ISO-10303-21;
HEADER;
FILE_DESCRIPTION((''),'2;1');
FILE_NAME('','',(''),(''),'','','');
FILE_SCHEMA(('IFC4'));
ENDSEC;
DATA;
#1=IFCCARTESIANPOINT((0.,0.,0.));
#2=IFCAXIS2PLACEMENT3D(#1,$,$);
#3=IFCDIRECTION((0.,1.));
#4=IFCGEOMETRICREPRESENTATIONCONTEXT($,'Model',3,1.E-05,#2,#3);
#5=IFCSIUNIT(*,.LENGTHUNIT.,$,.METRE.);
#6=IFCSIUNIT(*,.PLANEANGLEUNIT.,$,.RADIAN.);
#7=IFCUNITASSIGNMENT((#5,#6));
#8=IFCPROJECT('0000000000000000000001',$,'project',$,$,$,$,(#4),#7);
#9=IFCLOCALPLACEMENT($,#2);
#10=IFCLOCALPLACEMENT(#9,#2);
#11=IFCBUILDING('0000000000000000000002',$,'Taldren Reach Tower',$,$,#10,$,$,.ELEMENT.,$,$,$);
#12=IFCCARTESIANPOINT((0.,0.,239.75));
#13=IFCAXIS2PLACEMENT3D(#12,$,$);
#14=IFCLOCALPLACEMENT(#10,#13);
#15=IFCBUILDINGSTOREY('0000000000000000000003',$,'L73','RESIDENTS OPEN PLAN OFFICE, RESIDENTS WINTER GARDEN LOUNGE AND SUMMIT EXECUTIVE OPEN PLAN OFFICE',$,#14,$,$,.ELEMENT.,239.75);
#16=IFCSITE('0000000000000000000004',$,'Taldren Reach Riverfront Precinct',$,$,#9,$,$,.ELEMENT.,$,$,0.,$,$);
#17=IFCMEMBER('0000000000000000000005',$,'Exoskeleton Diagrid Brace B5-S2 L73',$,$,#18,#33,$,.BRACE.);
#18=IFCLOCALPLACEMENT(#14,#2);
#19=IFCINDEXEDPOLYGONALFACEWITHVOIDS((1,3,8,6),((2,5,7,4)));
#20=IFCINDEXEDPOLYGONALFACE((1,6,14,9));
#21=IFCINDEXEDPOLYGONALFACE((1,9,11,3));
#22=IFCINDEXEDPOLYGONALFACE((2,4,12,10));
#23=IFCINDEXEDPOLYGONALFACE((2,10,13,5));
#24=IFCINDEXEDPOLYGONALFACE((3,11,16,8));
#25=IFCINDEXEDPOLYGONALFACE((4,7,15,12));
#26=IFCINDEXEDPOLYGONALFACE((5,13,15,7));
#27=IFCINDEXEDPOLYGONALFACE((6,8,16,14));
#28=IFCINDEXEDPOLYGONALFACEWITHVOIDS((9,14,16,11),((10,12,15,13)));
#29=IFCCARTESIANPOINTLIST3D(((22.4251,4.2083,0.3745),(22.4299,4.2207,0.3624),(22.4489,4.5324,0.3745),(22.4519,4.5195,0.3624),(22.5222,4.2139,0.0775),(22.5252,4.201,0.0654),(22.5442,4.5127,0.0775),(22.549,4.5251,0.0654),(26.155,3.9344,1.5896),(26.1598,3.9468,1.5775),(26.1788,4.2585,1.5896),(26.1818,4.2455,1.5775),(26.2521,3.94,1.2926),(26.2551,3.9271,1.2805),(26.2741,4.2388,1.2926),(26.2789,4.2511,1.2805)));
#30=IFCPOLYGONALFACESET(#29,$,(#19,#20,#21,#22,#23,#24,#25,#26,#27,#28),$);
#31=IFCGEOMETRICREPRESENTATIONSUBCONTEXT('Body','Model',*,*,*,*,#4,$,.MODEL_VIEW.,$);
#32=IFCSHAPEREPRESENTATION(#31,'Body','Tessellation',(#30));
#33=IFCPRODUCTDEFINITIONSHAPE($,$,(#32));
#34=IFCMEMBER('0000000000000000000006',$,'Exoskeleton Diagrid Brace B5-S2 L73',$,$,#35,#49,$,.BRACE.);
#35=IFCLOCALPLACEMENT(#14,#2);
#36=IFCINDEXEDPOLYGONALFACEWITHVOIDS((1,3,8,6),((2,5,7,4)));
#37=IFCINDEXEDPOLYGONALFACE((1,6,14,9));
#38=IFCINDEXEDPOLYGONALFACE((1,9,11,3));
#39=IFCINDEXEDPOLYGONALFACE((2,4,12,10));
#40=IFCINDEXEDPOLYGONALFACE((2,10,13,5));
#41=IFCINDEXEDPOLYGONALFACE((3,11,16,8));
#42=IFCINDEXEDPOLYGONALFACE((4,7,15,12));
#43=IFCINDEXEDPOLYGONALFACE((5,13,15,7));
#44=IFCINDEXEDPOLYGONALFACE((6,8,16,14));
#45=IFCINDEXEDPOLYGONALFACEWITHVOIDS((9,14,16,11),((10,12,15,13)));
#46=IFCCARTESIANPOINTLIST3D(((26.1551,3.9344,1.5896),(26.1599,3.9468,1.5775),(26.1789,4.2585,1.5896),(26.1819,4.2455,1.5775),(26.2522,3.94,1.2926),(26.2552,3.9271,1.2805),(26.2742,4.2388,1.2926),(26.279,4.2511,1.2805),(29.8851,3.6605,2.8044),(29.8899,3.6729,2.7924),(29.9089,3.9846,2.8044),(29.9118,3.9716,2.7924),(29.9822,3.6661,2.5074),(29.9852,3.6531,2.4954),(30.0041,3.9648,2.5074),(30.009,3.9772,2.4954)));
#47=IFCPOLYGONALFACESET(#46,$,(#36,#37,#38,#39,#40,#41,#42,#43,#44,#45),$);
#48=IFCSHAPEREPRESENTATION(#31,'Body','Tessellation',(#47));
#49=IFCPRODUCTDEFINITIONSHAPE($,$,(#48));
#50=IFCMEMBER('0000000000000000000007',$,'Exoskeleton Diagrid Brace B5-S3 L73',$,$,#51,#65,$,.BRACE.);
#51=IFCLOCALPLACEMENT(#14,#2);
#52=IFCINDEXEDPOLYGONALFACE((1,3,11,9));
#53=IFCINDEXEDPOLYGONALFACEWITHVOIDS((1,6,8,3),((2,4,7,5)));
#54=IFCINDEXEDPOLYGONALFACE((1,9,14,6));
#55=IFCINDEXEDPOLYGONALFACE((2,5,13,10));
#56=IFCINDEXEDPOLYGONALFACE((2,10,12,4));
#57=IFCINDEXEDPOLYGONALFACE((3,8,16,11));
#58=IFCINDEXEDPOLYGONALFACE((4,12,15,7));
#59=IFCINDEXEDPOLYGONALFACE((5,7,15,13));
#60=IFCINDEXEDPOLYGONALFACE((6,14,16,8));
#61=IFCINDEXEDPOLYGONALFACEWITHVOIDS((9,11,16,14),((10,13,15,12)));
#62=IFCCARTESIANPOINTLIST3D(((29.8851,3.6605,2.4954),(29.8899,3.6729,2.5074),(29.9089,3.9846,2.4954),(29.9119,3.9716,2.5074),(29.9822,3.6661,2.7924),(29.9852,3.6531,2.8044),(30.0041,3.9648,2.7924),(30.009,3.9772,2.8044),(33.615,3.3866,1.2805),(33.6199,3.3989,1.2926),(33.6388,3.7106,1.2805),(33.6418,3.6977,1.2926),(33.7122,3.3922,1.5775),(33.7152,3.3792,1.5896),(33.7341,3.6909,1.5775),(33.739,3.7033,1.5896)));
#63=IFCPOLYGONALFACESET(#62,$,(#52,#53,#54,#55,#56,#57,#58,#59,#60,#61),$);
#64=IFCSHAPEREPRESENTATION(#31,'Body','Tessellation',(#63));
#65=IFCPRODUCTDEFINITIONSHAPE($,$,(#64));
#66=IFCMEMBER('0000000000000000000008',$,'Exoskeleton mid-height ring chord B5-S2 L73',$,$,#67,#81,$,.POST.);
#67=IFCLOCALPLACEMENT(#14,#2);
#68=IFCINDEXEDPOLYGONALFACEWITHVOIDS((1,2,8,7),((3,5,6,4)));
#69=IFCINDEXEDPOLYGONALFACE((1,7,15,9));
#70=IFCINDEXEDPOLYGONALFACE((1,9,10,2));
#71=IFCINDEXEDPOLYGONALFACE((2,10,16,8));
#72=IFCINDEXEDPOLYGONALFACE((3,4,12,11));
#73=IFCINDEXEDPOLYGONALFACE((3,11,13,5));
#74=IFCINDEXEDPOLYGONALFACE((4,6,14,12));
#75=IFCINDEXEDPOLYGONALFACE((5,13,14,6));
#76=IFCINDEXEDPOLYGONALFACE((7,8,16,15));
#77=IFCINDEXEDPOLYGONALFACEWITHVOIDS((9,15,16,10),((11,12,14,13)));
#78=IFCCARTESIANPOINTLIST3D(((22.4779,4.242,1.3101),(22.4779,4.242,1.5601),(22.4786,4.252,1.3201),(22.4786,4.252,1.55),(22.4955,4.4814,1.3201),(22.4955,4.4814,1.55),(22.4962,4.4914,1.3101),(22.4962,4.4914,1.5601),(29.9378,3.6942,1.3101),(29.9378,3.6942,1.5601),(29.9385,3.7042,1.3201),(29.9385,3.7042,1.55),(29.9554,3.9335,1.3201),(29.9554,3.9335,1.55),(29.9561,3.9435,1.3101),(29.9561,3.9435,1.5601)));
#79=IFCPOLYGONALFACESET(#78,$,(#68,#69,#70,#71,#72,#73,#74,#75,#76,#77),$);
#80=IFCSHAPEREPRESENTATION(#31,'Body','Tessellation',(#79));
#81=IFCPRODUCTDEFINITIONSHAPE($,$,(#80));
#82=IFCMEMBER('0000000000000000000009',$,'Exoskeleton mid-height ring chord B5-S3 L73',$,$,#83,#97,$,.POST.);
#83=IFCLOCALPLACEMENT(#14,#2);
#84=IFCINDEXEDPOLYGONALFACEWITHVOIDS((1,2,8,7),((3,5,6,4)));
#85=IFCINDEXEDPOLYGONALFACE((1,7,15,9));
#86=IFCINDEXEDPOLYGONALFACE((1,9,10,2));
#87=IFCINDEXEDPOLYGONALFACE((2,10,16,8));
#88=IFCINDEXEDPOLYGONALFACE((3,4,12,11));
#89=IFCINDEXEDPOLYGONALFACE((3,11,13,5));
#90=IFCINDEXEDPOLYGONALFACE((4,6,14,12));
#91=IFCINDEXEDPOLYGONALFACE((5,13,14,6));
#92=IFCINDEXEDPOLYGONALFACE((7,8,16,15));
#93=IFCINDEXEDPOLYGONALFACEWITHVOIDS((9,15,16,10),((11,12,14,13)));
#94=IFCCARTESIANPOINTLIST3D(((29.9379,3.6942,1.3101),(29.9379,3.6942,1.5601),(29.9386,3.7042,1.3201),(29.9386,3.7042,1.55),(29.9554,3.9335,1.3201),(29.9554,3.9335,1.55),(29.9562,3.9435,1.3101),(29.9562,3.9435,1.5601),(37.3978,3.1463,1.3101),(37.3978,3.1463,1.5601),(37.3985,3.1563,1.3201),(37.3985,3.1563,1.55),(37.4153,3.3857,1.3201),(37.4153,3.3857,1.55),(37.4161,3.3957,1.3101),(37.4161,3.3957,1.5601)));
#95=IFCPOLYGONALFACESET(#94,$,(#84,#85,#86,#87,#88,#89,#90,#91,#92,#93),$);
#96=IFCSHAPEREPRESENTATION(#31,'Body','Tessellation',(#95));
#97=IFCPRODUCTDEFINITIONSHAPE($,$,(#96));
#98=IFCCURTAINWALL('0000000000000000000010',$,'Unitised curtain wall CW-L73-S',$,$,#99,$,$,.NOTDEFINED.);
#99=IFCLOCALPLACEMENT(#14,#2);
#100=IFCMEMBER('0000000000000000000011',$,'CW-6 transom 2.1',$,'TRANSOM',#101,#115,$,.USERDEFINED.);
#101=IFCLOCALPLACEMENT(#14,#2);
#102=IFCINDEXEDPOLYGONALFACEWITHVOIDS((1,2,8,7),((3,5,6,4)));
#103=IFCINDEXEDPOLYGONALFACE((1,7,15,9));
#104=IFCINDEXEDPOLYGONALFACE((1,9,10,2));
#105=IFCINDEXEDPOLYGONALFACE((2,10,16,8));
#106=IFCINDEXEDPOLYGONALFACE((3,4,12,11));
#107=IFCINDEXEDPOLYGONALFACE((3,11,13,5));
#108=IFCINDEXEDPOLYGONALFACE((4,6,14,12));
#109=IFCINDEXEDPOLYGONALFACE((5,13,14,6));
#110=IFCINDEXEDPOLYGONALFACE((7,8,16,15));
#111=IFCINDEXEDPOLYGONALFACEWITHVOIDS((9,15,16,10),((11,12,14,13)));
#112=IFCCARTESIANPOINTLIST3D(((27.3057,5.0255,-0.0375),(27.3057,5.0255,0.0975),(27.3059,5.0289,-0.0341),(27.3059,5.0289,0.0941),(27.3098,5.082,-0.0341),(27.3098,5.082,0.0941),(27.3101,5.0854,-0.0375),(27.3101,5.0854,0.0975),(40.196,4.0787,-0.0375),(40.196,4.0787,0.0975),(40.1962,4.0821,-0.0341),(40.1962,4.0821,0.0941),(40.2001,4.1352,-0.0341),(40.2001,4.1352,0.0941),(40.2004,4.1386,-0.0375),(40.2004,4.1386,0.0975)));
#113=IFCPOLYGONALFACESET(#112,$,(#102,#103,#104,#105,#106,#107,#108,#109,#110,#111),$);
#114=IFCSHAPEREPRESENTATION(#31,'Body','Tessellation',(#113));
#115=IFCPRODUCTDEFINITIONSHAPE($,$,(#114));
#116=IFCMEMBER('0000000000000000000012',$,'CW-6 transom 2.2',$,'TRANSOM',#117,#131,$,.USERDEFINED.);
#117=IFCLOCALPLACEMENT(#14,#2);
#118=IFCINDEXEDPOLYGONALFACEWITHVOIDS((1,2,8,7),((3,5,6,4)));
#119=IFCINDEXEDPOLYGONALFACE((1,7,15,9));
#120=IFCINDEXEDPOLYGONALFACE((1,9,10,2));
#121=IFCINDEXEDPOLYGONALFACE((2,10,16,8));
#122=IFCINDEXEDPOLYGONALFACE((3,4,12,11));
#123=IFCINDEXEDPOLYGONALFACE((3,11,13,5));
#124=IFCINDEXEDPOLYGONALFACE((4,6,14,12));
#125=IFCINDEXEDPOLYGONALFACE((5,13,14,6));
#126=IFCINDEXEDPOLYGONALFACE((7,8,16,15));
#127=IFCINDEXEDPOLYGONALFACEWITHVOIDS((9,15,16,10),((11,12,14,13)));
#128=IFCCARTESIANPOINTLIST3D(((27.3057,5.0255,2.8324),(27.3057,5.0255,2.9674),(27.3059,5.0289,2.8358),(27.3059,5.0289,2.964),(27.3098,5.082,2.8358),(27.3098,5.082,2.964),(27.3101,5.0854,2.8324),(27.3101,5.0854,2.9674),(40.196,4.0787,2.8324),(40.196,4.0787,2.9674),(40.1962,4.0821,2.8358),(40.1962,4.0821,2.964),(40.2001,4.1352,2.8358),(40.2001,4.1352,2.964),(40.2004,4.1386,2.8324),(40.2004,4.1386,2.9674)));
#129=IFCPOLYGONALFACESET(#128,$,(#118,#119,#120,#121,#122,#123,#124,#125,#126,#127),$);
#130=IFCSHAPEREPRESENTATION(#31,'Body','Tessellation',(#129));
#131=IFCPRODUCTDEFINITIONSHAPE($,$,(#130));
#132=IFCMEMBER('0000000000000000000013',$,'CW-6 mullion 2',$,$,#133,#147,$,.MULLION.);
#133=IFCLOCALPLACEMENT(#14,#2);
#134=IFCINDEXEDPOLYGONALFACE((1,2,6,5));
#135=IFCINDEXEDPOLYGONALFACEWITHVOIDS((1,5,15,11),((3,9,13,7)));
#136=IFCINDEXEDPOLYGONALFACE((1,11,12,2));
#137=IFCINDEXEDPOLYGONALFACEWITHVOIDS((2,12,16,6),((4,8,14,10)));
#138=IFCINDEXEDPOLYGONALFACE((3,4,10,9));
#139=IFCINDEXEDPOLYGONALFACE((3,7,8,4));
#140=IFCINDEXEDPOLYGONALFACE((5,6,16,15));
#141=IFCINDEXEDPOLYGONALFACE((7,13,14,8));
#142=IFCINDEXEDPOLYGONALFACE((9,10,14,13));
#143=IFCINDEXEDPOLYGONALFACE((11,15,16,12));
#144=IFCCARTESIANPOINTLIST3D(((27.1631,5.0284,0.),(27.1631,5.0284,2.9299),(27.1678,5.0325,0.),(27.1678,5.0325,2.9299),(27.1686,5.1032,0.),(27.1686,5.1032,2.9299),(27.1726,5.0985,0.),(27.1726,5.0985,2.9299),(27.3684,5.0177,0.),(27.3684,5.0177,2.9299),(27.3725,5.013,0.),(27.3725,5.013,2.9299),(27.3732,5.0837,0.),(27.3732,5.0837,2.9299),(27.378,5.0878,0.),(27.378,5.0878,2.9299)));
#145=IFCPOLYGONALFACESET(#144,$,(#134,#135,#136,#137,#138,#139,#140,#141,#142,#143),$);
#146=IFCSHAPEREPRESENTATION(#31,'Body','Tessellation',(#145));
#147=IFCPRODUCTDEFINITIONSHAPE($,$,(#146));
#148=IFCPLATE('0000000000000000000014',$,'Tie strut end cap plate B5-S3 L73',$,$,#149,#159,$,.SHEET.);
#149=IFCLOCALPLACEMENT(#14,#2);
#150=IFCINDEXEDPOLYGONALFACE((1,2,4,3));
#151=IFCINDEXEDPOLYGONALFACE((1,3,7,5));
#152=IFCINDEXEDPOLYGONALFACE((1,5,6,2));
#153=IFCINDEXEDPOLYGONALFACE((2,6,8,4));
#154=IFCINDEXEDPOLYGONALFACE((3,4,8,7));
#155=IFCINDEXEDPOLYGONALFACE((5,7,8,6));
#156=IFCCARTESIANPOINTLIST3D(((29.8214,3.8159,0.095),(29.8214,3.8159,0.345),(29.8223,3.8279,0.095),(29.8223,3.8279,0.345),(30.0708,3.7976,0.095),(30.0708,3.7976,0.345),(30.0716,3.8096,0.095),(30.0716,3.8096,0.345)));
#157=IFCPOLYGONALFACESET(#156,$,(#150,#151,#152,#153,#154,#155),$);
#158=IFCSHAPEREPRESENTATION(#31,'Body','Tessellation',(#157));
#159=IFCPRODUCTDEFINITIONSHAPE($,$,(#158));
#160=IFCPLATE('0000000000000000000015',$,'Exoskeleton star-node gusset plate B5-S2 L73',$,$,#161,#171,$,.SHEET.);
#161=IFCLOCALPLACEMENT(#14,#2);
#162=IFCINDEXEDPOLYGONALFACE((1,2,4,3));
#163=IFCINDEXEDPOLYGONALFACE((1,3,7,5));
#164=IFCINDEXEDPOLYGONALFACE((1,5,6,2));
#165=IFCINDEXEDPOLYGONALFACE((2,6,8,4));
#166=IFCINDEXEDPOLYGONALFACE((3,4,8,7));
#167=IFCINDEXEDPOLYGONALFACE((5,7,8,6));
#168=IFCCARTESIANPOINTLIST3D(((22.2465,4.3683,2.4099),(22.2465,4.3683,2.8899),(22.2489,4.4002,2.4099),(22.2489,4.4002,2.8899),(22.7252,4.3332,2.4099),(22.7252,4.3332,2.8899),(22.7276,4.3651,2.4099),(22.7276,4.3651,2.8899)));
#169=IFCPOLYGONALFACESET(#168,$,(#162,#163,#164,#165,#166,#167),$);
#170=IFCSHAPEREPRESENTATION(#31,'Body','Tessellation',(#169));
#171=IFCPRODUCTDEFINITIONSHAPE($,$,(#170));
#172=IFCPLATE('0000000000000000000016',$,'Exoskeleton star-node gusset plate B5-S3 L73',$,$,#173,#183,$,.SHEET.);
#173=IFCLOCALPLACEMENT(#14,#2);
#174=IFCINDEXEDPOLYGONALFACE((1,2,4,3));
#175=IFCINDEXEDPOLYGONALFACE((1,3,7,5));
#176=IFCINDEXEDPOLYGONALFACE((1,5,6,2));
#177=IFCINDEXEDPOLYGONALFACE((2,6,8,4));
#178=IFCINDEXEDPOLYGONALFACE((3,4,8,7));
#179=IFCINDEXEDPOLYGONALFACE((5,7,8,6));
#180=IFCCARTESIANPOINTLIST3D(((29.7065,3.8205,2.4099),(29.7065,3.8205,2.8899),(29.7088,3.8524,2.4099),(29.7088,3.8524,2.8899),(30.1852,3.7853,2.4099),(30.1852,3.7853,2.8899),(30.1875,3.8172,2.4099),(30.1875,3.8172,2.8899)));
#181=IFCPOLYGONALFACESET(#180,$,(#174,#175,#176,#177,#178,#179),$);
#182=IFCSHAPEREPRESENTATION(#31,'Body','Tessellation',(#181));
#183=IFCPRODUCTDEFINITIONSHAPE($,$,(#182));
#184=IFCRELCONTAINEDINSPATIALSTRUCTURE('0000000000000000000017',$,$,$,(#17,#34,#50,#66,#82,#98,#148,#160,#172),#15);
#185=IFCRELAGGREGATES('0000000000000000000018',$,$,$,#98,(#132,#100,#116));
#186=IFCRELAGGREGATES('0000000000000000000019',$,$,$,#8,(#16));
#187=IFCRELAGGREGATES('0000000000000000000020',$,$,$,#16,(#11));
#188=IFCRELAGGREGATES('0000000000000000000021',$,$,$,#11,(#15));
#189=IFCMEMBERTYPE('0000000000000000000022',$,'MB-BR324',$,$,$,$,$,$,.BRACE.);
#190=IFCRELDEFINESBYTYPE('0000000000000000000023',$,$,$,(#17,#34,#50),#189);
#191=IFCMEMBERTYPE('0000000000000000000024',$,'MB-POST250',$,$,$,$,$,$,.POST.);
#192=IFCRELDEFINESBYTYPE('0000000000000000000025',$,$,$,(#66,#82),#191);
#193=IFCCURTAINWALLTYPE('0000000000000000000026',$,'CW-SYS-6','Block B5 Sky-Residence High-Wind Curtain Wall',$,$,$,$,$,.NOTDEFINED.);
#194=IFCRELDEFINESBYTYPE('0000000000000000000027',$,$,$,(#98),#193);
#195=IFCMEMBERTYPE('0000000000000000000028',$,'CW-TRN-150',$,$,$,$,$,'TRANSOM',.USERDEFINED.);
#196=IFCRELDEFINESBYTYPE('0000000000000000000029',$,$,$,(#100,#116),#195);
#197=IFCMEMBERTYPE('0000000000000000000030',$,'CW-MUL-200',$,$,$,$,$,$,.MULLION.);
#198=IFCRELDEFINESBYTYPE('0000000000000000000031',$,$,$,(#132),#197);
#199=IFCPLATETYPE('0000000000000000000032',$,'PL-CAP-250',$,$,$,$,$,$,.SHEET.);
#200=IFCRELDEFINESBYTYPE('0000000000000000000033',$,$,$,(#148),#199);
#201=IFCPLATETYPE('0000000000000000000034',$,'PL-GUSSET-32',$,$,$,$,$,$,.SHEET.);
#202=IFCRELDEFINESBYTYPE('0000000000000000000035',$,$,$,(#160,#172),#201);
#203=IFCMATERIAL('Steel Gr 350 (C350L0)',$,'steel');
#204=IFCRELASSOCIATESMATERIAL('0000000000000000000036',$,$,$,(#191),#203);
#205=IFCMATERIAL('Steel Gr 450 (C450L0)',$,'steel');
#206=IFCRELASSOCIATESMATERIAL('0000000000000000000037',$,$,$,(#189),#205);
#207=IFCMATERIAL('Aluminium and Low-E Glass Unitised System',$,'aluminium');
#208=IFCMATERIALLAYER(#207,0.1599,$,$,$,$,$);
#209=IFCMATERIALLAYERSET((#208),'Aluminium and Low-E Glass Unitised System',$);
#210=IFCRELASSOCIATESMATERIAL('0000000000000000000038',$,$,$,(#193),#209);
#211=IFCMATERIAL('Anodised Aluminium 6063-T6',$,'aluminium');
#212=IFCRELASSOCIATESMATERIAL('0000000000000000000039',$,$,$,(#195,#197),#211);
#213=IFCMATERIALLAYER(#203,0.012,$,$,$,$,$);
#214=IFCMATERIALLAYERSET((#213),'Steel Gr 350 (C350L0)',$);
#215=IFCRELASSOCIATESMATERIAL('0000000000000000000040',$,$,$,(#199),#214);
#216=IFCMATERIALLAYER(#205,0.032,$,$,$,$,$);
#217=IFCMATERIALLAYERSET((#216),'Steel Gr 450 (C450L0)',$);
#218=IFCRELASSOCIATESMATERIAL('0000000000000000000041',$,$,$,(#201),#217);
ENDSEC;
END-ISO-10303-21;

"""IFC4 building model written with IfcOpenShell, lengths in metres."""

from ifc_helpers import new_model, si_unit, direction, frame, origin, origin_2d, place, context, subcontext, project, spatial, rectangle, hollow_rectangle, extrude, source, transform, mapped, material, layer, layer_set, material_profile, profile_set, type_object, element, aggregate, save


model = new_model("IFC4")

# Units and contexts
model_context = context("Model", 3, precision=1e-05, world=origin(), true_north=direction((0.0, 1.0)))
body_context = subcontext(model_context, "Body", "Model", "MODEL_VIEW")
ifc_project = project(units=[si_unit("LENGTHUNIT", "METRE"), si_unit("PLANEANGLEUNIT", "RADIAN")], contexts=[model_context])

# Site, building, storey
site_placement = place(None, origin())
site = spatial("IfcSite", under=ifc_project, at=site_placement, Name="Taldren Reach Riverfront Precinct", CompositionType="ELEMENT", RefElevation=0.0)
building_placement = place(site_placement, origin())
building = spatial("IfcBuilding", under=site, at=building_placement, Name="Taldren Reach Tower", CompositionType="ELEMENT")
storey_placement = place(building_placement, frame((0.0, 0.0, 239.75)))
storey = spatial("IfcBuildingStorey", under=building, at=storey_placement, Name="L73", Description="RESIDENTS OPEN PLAN OFFICE, RESIDENTS WINTER GARDEN LOUNGE AND SUMMIT EXECUTIVE OPEN PLAN OFFICE", CompositionType="ELEMENT", Elevation=239.75)

# Shared definitions
ifc_material_1 = material(Name="Steel Gr 350 (C350L0)", Category="steel")

# Shared definitions
ifc_material_profile_1 = material_profile(ifc_material_1, hollow_rectangle(XDim=0.25, YDim=0.25, WallThickness=0.01, at=origin_2d()), Name="250x250x10.0SHS")
ifc_profile_set_1 = profile_set([ifc_material_profile_1], Name="Steel Gr 350 (C350L0)")
member_type_1 = type_object("IfcMemberType", Name="MB-POST250", PredefinedType="POST", material=ifc_profile_set_1)
ifc_material_2 = material(Name="Steel Gr 450 (C450L0)", Category="steel")

# Members
ifc_material_profile_2 = material_profile(ifc_material_2, hollow_rectangle(XDim=0.325, YDim=0.325, WallThickness=0.0127, at=origin_2d()), Name="325x325x12.7SHS")
ifc_profile_set_2 = profile_set([ifc_material_profile_2], Name="Steel Gr 450 (C450L0)")
member_type_2 = type_object("IfcMemberType", Name="MB-BR324", PredefinedType="BRACE", material=ifc_profile_set_2)
shared_shape_1 = source(origin(), body_context, "Body", "SweptSolid", [
    extrude(hollow_rectangle(XDim=0.325, YDim=0.325, WallThickness=0.0127, at=origin_2d()), origin(), (0.0, 0.0, 1.0), 3.9324),
])
for number, where, z_axis, x_axis, name in (
    (1, (22.4871, 4.3667, 0.22), (0.948511, -0.069658, 0.308989), (0.073242, 0.997314, 0.0), "Exoskeleton Diagrid Brace B5-S2 L73"),
    (2, (26.217, 4.0928, 1.4351), (0.948529, -0.069659, 0.308933), (0.073242, 0.997314, 0.0), "Exoskeleton Diagrid Brace B5-S2 L73"),
    (3, (33.677, 3.5449, 1.4351), (-0.948529, 0.069659, 0.308933), (-0.073242, -0.997314, 0.0), "Exoskeleton Diagrid Brace B5-S3 L73"),
):
    element("IfcMember", number, at=place(storey_placement, frame(where, z_axis=z_axis, x_axis=x_axis)), inside=storey, type_object=member_type_2, Name=name, PredefinedType="BRACE", context=body_context, shape_type="MappedRepresentation", body=[
        mapped(shared_shape_1, transform((0.0, 0.0, 0.0), scale=1.0)),
    ])
shared_shape_2 = source(origin(), body_context, "Body", "SweptSolid", [
    extrude(hollow_rectangle(XDim=0.25, YDim=0.25, WallThickness=0.01, at=origin_2d()), origin(), (0.0, 0.0, 1.0), 7.48),
])
for number, where, z_axis, x_axis, name in (
    (4, (22.4871, 4.3667, 1.4351), (0.997314, -0.073242, 0.0), (0.073242, 0.997314, 0.0), "Exoskeleton mid-height ring chord B5-S2 L73"),
    (5, (29.947, 3.8188, 1.4351), (0.997314, -0.073242, 0.0), (0.073242, 0.997314, 0.0), "Exoskeleton mid-height ring chord B5-S3 L73"),
):
    element("IfcMember", number, at=place(storey_placement, frame(where, z_axis=z_axis, x_axis=x_axis)), inside=storey, type_object=member_type_1, Name=name, PredefinedType="POST", context=body_context, shape_type="MappedRepresentation", body=[
        mapped(shared_shape_2, transform((0.0, 0.0, 0.0), scale=1.0)),
    ])

# Curtain wall, members
ifc_material_3 = material(Name="Aluminium and Low-E Glass Unitised System", Category="aluminium")
ifc_layer_1 = layer(ifc_material_3, 0.1599)
ifc_layer_set_1 = layer_set([ifc_layer_1], Name="Aluminium and Low-E Glass Unitised System")
curtain_wall_type = type_object("IfcCurtainWallType", Name="CW-SYS-6", Description="Block B5 Sky-Residence High-Wind Curtain Wall", PredefinedType="NOTDEFINED", material=ifc_layer_set_1)
curtain_wall_placement = place(storey_placement, origin())
curtain_wall = element("IfcCurtainWall", 6, at=curtain_wall_placement, inside=storey, type_object=curtain_wall_type, Name="Unitised curtain wall CW-L73-S", PredefinedType="NOTDEFINED")
ifc_material_4 = material(Name="Anodised Aluminium 6063-T6", Category="aluminium")
ifc_material_profile_3 = material_profile(ifc_material_4, hollow_rectangle(XDim=0.0601, YDim=0.135, WallThickness=0.0034, at=origin_2d()), Name="ALU-135x60x3.5RHS")
ifc_profile_set_3 = profile_set([ifc_material_profile_3], Name="Anodised Aluminium 6063-T6")
member_type_3 = type_object("IfcMemberType", Name="CW-TRN-150", ElementType="TRANSOM", PredefinedType="USERDEFINED", material=ifc_profile_set_3)
shared_shape_3 = source(origin(), body_context, "Body", "SweptSolid", [
    extrude(hollow_rectangle(XDim=0.0601, YDim=0.135, WallThickness=0.0034, at=origin_2d()), origin(), (0.0, 0.0, 1.0), 12.925),
])
member_1_placement = place(storey_placement, frame((27.3079, 5.0554, 0.03), z_axis=(0.997314, -0.073251, 0.0), x_axis=(0.073251, 0.997314, 0.0)))
member_1 = element("IfcMember", 7, at=member_1_placement, type_object=member_type_3, Name="CW-6 transom 2.1", ObjectType="TRANSOM", PredefinedType="USERDEFINED", context=body_context, shape_type="MappedRepresentation", body=[
    mapped(shared_shape_3, transform((0.0, 0.0, 0.0), scale=1.0)),
])
member_2_placement = place(storey_placement, frame((27.3079, 5.0554, 2.8999), z_axis=(0.997314, -0.073251, 0.0), x_axis=(0.073251, 0.997314, 0.0)))
member_2 = element("IfcMember", 8, at=member_2_placement, type_object=member_type_3, Name="CW-6 transom 2.2", ObjectType="TRANSOM", PredefinedType="USERDEFINED", context=body_context, shape_type="MappedRepresentation", body=[
    mapped(shared_shape_3, transform((0.0, 0.0, 0.0), scale=1.0)),
])
ifc_material_profile_4 = material_profile(ifc_material_4, hollow_rectangle(XDim=0.075, YDim=0.21, WallThickness=0.0044, at=origin_2d()), Name="ALU-210x75x4.5RHS")
ifc_profile_set_4 = profile_set([ifc_material_profile_4], Name="Anodised Aluminium 6063-T6")
member_type_4 = type_object("IfcMemberType", Name="CW-MUL-200", PredefinedType="MULLION", material=ifc_profile_set_4)
shared_shape_4 = source(origin(), body_context, "Body", "SweptSolid", [
    extrude(hollow_rectangle(XDim=0.075, YDim=0.21, WallThickness=0.0044, at=origin_2d()), origin(), (0.0, 0.0, 1.0), 2.9299),
])
member_3_placement = place(storey_placement, frame((27.2705, 5.0581, 0.0), z_axis=(0.0, 0.0, 1.0), x_axis=(0.073238, 0.997314, 0.0)))
member_3 = element("IfcMember", 9, at=member_3_placement, type_object=member_type_4, Name="CW-6 mullion 2", PredefinedType="MULLION", context=body_context, shape_type="MappedRepresentation", body=[
    mapped(shared_shape_4, transform((0.0, 0.0, 0.0), scale=1.0)),
])

# Plates
ifc_layer_2 = layer(ifc_material_1, 0.012)
ifc_layer_set_2 = layer_set([ifc_layer_2], Name="Steel Gr 350 (C350L0)")
plate_type_1 = type_object("IfcPlateType", Name="PL-CAP-250", PredefinedType="SHEET", material=ifc_layer_set_2)
shared_shape_5 = source(origin(), body_context, "Body", "SweptSolid", [
    extrude(rectangle(XDim=0.25, YDim=0.012, at=origin_2d()), origin(), (0.0, 0.0, 1.0), 0.25),
])
plate_1_placement = place(storey_placement, frame((29.9465, 3.8127, 0.095), z_axis=(0.0, 0.0, 1.0), x_axis=(0.997314, -0.073238, 0.0)))
element("IfcPlate", 10, at=plate_1_placement, inside=storey, type_object=plate_type_1, Name="Tie strut end cap plate B5-S3 L73", PredefinedType="SHEET", context=body_context, shape_type="MappedRepresentation", body=[
    mapped(shared_shape_5, transform((0.0, 0.0, 0.0), scale=1.0)),
])
ifc_layer_3 = layer(ifc_material_2, 0.032)
ifc_layer_set_3 = layer_set([ifc_layer_3], Name="Steel Gr 450 (C450L0)")
plate_type_2 = type_object("IfcPlateType", Name="PL-GUSSET-32", PredefinedType="SHEET", material=ifc_layer_set_3)
shared_shape_6 = source(origin(), body_context, "Body", "SweptSolid", [
    extrude(rectangle(XDim=0.48, YDim=0.032, at=origin_2d()), origin(), (0.0, 0.0, 1.0), 0.48),
])
for number, where, z_axis, x_axis, name in (
    (11, (22.4871, 4.3667, 2.4099), (0.0, 0.0, 1.0), (0.997314, -0.073238, 0.0), "Exoskeleton star-node gusset plate B5-S2 L73"),
    (12, (29.947, 3.8188, 2.4099), (0.0, 0.0, 1.0), (0.997314, -0.073238, 0.0), "Exoskeleton star-node gusset plate B5-S3 L73"),
):
    element("IfcPlate", number, at=place(storey_placement, frame(where, z_axis=z_axis, x_axis=x_axis)), inside=storey, type_object=plate_type_2, Name=name, PredefinedType="SHEET", context=body_context, shape_type="MappedRepresentation", body=[
        mapped(shared_shape_6, transform((0.0, 0.0, 0.0), scale=1.0)),
    ])

aggregate(curtain_wall, [member_3, member_1, member_2])

save(model, "model.ifc")
